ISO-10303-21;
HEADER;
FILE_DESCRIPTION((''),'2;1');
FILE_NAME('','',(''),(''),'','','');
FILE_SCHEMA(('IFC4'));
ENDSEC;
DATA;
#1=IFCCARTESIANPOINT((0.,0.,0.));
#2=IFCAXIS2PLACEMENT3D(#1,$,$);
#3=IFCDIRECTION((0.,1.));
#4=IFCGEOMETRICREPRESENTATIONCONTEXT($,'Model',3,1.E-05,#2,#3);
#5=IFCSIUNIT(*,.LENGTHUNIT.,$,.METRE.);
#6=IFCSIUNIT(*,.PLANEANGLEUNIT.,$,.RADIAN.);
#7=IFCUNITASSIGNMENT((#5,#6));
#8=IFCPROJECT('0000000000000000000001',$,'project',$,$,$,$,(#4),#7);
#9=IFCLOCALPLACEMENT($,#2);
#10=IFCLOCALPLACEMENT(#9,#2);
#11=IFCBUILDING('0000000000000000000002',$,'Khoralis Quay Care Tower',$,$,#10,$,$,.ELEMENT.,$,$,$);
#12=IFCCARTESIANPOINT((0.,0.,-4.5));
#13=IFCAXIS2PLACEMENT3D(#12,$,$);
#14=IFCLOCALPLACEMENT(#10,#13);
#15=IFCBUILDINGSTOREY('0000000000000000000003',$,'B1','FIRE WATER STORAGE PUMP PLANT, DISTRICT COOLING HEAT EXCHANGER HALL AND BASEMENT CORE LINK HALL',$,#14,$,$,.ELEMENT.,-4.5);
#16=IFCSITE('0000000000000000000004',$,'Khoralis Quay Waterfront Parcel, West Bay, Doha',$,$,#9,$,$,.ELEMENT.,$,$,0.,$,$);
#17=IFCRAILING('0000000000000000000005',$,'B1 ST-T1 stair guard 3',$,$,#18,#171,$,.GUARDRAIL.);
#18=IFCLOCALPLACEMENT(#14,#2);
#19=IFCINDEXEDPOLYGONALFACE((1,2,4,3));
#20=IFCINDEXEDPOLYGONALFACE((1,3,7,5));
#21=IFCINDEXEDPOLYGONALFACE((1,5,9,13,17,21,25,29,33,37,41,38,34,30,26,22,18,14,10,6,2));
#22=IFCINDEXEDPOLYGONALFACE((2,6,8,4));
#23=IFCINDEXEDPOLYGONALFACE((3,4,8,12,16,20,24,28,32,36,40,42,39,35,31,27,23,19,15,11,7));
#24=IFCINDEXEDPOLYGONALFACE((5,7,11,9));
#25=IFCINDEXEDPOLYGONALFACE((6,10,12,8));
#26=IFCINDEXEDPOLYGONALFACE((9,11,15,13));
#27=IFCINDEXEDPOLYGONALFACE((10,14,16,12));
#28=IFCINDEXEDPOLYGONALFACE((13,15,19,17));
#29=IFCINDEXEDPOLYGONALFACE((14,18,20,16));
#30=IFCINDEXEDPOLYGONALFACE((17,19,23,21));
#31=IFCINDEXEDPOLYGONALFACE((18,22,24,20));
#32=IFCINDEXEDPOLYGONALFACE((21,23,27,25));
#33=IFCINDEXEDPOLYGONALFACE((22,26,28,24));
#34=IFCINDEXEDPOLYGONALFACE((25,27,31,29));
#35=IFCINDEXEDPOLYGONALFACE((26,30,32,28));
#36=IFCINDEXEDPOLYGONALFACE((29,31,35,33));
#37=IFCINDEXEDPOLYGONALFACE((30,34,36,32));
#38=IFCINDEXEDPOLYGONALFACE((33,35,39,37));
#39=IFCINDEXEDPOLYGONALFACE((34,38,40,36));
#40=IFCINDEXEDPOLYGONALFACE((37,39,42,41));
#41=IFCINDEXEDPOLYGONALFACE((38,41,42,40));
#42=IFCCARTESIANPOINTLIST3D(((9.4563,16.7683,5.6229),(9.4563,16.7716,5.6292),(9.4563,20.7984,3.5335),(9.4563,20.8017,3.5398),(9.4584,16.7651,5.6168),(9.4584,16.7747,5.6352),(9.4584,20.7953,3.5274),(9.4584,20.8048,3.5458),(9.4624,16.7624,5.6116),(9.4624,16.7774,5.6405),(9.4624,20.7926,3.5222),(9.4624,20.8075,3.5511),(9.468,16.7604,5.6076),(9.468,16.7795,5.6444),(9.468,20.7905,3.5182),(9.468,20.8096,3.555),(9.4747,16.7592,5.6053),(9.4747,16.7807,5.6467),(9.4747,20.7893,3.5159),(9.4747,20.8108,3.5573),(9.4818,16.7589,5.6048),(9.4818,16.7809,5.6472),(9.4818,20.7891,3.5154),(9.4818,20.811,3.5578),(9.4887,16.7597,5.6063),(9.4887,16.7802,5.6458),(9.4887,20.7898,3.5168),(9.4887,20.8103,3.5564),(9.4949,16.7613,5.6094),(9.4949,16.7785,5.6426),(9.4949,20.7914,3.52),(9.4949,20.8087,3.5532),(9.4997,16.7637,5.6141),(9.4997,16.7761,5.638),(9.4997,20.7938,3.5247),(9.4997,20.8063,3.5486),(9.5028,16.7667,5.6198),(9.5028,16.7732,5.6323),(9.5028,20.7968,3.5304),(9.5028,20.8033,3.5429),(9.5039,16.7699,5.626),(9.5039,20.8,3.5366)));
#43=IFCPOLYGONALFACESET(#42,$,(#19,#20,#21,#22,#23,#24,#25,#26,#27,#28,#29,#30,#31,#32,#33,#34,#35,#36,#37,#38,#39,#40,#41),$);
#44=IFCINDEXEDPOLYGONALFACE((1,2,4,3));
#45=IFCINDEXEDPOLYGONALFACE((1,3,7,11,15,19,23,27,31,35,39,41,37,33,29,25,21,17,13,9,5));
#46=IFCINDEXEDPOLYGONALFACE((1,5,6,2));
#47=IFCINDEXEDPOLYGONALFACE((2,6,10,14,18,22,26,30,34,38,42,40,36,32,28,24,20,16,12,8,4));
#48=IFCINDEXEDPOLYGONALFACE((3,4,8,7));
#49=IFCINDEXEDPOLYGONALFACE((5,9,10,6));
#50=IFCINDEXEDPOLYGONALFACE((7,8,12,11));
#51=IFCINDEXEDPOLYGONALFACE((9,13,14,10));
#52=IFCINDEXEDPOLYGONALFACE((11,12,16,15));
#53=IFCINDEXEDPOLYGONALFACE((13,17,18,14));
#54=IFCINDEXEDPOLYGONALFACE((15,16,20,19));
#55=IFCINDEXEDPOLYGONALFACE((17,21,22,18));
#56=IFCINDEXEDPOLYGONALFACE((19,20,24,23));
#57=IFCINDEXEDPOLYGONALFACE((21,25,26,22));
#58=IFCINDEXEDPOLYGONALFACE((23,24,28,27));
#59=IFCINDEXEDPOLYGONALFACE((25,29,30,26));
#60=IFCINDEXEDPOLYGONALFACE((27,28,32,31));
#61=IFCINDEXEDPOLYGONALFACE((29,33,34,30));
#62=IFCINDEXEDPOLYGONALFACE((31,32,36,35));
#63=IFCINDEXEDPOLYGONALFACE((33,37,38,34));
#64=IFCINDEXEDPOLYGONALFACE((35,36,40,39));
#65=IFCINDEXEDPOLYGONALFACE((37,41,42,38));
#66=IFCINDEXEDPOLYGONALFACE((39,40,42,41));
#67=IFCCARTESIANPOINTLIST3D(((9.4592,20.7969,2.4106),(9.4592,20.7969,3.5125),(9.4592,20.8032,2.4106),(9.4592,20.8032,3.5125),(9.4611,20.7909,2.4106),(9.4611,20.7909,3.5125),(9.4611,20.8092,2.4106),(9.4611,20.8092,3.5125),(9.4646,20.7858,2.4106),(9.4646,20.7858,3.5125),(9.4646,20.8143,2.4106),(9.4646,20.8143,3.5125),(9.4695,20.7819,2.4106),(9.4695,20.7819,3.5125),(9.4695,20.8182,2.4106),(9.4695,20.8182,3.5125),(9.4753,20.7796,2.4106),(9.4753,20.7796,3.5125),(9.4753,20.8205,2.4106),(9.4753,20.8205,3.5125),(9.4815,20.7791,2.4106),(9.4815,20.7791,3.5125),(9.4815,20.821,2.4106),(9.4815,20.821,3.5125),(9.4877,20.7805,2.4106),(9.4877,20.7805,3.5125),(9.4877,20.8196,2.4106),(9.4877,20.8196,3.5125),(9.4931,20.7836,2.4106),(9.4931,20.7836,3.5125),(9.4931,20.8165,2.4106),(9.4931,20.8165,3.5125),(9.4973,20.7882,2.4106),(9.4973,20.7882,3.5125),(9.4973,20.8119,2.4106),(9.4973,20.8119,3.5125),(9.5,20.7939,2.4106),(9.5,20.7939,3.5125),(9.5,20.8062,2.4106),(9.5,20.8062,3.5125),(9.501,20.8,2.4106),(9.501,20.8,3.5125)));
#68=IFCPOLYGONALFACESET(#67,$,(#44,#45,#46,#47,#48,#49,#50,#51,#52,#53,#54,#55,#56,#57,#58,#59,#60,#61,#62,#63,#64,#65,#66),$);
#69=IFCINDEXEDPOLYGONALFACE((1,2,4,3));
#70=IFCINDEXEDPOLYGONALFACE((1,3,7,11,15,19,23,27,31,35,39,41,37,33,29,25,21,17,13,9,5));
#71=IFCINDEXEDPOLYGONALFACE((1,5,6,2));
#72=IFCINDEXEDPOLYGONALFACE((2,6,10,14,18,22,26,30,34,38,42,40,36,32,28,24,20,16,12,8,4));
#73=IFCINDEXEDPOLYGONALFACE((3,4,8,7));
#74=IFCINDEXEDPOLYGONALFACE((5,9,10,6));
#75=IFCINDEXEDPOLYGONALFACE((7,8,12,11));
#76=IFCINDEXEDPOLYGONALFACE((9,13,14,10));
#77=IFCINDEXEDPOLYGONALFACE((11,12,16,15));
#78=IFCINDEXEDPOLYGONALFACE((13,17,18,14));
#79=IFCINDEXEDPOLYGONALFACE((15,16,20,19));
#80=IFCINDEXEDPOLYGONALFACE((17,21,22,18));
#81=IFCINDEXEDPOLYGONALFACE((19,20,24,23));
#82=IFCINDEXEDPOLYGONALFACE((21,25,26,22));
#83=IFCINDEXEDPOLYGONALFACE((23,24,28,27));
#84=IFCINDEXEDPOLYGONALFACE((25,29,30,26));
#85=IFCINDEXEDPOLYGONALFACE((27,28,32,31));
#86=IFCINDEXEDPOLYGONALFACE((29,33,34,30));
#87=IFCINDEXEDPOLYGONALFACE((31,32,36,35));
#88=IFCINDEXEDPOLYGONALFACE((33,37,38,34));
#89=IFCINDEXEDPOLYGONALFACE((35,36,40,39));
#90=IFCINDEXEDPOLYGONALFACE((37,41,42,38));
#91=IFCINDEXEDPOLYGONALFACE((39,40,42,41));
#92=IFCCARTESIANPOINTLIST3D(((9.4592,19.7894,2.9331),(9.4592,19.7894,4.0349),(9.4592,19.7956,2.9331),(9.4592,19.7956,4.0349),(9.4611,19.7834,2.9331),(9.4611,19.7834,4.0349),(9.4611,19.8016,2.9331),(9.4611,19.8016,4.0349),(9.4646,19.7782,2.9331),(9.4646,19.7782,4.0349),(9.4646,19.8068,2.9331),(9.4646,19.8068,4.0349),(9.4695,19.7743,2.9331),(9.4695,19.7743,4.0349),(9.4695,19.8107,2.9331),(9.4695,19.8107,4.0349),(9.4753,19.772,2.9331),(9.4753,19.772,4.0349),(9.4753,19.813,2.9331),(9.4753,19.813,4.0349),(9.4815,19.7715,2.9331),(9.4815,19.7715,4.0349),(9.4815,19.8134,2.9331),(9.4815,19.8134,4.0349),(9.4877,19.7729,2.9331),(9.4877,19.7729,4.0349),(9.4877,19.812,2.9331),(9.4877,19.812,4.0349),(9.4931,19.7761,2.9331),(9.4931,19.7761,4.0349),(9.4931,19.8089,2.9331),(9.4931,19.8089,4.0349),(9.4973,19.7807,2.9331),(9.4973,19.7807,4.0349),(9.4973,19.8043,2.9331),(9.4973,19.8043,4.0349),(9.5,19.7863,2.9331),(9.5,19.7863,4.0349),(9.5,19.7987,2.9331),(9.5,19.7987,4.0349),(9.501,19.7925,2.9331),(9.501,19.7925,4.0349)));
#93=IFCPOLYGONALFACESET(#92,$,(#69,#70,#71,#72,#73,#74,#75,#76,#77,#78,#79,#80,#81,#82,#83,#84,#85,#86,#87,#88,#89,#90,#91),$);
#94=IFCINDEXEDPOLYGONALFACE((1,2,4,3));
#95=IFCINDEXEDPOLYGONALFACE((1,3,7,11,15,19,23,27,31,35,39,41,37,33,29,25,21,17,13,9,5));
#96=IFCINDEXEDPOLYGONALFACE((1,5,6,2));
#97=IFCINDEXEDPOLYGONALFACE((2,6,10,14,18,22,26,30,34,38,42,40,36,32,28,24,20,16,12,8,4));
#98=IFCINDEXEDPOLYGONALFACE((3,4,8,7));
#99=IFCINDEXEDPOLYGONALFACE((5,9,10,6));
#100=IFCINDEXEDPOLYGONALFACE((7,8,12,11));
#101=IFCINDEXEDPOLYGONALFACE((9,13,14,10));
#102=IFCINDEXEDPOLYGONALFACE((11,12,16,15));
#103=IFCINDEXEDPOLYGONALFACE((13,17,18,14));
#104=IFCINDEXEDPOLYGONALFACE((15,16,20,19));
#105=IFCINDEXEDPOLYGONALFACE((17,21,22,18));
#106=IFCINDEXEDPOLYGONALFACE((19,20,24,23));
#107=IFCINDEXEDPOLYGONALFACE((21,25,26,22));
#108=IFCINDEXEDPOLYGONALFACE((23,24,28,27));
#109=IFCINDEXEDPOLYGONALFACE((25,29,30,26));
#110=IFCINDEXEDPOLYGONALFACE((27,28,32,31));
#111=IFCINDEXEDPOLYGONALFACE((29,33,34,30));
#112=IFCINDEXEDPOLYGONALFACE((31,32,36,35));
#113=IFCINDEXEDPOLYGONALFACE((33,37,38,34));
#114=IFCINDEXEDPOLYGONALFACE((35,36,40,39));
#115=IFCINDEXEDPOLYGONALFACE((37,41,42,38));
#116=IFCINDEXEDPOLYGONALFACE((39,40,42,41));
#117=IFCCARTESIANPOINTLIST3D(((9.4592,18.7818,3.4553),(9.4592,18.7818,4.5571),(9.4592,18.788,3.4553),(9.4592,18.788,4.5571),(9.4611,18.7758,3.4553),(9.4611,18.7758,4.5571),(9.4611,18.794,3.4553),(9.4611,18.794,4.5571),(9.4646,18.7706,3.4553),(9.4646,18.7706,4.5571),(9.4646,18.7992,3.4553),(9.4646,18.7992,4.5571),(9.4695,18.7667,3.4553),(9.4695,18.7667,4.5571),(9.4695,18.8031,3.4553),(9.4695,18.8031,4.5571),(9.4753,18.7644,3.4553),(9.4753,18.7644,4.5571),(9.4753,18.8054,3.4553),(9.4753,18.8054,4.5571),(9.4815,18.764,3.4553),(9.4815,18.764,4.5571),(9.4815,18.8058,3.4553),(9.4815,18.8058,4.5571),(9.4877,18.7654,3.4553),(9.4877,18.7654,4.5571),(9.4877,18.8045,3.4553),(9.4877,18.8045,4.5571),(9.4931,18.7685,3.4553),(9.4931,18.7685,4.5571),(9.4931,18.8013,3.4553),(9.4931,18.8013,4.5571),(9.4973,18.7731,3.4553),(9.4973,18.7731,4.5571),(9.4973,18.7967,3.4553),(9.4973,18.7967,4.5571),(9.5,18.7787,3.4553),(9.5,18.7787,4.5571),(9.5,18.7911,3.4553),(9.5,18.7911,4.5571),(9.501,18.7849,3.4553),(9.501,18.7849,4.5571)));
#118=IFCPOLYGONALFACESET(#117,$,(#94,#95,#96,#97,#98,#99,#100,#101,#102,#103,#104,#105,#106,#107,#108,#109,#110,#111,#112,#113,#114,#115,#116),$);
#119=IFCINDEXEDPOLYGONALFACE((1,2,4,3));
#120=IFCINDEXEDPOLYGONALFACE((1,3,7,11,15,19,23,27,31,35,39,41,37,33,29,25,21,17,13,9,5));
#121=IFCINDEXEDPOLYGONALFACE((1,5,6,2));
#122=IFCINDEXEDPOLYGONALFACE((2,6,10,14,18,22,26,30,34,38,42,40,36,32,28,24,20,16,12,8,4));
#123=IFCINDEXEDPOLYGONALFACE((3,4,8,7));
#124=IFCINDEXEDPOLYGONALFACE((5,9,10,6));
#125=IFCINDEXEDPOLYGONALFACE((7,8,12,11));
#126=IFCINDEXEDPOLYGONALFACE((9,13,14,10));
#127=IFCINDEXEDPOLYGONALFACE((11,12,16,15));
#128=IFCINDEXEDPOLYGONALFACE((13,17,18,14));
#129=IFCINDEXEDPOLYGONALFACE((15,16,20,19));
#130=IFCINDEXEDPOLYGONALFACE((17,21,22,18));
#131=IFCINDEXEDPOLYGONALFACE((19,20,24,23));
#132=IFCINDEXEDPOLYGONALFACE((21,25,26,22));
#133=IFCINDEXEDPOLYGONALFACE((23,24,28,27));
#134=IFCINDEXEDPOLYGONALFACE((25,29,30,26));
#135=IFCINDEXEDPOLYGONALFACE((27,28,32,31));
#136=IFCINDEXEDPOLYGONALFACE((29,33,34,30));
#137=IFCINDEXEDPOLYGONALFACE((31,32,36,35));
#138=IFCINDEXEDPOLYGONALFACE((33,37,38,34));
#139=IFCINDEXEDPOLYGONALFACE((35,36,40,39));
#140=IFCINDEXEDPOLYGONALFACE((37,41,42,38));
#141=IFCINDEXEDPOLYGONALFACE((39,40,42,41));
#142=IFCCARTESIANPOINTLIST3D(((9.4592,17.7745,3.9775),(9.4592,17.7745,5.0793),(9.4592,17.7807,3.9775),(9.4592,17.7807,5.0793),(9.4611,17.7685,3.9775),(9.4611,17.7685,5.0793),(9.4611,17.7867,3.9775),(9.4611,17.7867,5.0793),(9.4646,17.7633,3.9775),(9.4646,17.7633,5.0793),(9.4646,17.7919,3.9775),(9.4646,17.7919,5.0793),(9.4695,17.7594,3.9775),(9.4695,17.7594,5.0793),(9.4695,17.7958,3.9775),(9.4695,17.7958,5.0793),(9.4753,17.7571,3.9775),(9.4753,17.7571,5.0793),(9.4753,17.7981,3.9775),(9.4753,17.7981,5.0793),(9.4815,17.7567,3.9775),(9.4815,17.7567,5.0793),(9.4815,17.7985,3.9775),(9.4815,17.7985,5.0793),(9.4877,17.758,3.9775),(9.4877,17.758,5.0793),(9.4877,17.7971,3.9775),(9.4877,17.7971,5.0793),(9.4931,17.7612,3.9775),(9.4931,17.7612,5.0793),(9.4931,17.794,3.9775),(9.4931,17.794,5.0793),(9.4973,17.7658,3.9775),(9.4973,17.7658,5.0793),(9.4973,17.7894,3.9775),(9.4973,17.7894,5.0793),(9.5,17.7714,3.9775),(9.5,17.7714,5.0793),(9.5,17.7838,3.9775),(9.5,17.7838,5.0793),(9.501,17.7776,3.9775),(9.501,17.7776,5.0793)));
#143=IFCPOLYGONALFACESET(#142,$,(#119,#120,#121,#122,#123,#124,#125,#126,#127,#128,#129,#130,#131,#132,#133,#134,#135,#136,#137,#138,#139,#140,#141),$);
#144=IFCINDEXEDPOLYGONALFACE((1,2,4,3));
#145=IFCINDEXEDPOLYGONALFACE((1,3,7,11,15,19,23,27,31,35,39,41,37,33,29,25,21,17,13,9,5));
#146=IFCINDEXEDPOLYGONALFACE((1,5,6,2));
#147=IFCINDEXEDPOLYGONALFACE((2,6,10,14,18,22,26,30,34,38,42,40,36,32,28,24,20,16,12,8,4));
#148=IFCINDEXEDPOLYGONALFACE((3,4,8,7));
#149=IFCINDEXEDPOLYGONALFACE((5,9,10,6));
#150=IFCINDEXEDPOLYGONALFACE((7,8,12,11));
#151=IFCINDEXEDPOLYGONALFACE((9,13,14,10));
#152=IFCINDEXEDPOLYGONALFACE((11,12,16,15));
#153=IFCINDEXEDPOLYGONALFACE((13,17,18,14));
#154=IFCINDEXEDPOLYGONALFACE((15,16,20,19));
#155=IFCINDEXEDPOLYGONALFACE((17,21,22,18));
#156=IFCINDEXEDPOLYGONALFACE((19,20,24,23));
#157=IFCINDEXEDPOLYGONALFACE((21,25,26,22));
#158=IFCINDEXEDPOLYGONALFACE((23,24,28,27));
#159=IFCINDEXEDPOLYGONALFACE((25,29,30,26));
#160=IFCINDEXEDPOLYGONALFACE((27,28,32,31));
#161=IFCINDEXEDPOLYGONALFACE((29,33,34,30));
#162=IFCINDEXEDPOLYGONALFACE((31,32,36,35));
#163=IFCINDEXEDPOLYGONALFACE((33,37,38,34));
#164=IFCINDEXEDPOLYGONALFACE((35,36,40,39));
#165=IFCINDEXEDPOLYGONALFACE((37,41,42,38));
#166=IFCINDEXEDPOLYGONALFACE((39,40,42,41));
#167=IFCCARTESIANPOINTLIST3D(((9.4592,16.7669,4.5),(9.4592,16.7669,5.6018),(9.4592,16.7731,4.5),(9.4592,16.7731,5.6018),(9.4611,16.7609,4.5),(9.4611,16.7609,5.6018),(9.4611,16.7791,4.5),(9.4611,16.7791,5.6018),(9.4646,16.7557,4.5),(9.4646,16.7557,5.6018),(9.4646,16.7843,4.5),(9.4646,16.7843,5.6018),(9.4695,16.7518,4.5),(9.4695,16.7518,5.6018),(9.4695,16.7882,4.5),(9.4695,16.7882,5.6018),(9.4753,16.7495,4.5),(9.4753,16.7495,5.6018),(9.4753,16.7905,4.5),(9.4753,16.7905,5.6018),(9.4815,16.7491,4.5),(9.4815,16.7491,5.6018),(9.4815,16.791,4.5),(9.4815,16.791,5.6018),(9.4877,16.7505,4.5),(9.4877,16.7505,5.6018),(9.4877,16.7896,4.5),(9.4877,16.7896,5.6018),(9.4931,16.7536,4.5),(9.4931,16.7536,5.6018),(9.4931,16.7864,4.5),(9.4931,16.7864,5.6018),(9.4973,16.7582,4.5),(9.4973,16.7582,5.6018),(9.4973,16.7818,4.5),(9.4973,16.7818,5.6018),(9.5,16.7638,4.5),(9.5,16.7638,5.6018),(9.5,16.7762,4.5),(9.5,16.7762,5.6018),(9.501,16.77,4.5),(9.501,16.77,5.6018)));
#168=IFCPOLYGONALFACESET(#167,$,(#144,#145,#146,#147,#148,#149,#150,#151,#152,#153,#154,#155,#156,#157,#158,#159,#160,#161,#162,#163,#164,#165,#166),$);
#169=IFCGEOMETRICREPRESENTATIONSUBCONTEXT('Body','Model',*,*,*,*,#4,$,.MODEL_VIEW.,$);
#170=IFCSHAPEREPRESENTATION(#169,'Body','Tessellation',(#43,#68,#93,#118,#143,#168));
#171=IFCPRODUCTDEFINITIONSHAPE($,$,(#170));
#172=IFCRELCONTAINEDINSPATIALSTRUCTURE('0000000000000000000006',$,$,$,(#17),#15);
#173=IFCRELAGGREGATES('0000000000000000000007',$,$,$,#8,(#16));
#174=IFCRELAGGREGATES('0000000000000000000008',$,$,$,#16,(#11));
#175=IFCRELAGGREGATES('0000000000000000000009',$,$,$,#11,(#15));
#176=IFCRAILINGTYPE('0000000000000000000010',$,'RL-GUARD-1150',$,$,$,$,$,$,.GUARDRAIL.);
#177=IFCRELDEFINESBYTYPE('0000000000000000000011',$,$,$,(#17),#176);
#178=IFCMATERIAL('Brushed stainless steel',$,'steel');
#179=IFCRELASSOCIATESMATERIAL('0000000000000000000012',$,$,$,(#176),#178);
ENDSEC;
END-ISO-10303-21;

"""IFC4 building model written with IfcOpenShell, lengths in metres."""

from ifc_helpers import new_model, si_unit, direction, frame, origin, origin_2d, place, context, subcontext, project, spatial, circle, extrude, material, type_object, element, save


model = new_model("IFC4")

# Units and contexts
model_context = context("Model", 3, precision=1e-05, world=origin(), true_north=direction((0.0, 1.0)))
body_context = subcontext(model_context, "Body", "Model", "MODEL_VIEW")
ifc_project = project(units=[si_unit("LENGTHUNIT", "METRE"), si_unit("PLANEANGLEUNIT", "RADIAN")], contexts=[model_context])

# Site, building, storey
site_placement = place(None, origin())
site = spatial("IfcSite", under=ifc_project, at=site_placement, Name="Khoralis Quay Waterfront Parcel, West Bay, Doha", CompositionType="ELEMENT", RefElevation=0.0)
building_placement = place(site_placement, origin())
building = spatial("IfcBuilding", under=site, at=building_placement, Name="Khoralis Quay Care Tower", CompositionType="ELEMENT")
storey_placement = place(building_placement, frame((0.0, 0.0, -4.5)))
storey = spatial("IfcBuildingStorey", under=building, at=storey_placement, Name="B1", Description="FIRE WATER STORAGE PUMP PLANT, DISTRICT COOLING HEAT EXCHANGER HALL AND BASEMENT CORE LINK HALL", CompositionType="ELEMENT", Elevation=-4.5)

# Shared definitions
ifc_material_1 = material(Name="Brushed stainless steel", Category="steel")

# Railing
railing_type_1 = type_object("IfcRailingType", Name="RL-GUARD-1150", PredefinedType="GUARDRAIL", material=ifc_material_1)
railing_1_placement = place(storey_placement, frame((9.48, 20.8, 2.4106)))
element("IfcRailing", 1, at=railing_1_placement, inside=storey, type_object=railing_type_1, Name="B1 ST-T1 stair guard 3", PredefinedType="GUARDRAIL", context=body_context, shape_type="SweptSolid", body=[
    extrude(circle(Radius=0.0239, at=origin_2d()), frame((0.0, 0.0, 1.126), z_axis=(0.0, -0.887781, 0.460267), x_axis=(1.0, 0.0, 0.0)), (0.0, 0.0, 1.0), 4.5396),
    extrude(circle(Radius=0.021, at=origin_2d()), origin(), (0.0, 0.0, 1.0), 1.1018),
    extrude(circle(Radius=0.021, at=origin_2d()), frame((0.0, -1.0076, 0.5225)), (0.0, 0.0, 1.0), 1.1018),
    extrude(circle(Radius=0.021, at=origin_2d()), frame((0.0, -2.0151, 1.0447)), (0.0, 0.0, 1.0), 1.1018),
    extrude(circle(Radius=0.021, at=origin_2d()), frame((0.0, -3.0225, 1.5669)), (0.0, 0.0, 1.0), 1.1018),
    extrude(circle(Radius=0.021, at=origin_2d()), frame((0.0, -4.03, 2.0894)), (0.0, 0.0, 1.0), 1.1018),
])

save(model, "model.ifc")
